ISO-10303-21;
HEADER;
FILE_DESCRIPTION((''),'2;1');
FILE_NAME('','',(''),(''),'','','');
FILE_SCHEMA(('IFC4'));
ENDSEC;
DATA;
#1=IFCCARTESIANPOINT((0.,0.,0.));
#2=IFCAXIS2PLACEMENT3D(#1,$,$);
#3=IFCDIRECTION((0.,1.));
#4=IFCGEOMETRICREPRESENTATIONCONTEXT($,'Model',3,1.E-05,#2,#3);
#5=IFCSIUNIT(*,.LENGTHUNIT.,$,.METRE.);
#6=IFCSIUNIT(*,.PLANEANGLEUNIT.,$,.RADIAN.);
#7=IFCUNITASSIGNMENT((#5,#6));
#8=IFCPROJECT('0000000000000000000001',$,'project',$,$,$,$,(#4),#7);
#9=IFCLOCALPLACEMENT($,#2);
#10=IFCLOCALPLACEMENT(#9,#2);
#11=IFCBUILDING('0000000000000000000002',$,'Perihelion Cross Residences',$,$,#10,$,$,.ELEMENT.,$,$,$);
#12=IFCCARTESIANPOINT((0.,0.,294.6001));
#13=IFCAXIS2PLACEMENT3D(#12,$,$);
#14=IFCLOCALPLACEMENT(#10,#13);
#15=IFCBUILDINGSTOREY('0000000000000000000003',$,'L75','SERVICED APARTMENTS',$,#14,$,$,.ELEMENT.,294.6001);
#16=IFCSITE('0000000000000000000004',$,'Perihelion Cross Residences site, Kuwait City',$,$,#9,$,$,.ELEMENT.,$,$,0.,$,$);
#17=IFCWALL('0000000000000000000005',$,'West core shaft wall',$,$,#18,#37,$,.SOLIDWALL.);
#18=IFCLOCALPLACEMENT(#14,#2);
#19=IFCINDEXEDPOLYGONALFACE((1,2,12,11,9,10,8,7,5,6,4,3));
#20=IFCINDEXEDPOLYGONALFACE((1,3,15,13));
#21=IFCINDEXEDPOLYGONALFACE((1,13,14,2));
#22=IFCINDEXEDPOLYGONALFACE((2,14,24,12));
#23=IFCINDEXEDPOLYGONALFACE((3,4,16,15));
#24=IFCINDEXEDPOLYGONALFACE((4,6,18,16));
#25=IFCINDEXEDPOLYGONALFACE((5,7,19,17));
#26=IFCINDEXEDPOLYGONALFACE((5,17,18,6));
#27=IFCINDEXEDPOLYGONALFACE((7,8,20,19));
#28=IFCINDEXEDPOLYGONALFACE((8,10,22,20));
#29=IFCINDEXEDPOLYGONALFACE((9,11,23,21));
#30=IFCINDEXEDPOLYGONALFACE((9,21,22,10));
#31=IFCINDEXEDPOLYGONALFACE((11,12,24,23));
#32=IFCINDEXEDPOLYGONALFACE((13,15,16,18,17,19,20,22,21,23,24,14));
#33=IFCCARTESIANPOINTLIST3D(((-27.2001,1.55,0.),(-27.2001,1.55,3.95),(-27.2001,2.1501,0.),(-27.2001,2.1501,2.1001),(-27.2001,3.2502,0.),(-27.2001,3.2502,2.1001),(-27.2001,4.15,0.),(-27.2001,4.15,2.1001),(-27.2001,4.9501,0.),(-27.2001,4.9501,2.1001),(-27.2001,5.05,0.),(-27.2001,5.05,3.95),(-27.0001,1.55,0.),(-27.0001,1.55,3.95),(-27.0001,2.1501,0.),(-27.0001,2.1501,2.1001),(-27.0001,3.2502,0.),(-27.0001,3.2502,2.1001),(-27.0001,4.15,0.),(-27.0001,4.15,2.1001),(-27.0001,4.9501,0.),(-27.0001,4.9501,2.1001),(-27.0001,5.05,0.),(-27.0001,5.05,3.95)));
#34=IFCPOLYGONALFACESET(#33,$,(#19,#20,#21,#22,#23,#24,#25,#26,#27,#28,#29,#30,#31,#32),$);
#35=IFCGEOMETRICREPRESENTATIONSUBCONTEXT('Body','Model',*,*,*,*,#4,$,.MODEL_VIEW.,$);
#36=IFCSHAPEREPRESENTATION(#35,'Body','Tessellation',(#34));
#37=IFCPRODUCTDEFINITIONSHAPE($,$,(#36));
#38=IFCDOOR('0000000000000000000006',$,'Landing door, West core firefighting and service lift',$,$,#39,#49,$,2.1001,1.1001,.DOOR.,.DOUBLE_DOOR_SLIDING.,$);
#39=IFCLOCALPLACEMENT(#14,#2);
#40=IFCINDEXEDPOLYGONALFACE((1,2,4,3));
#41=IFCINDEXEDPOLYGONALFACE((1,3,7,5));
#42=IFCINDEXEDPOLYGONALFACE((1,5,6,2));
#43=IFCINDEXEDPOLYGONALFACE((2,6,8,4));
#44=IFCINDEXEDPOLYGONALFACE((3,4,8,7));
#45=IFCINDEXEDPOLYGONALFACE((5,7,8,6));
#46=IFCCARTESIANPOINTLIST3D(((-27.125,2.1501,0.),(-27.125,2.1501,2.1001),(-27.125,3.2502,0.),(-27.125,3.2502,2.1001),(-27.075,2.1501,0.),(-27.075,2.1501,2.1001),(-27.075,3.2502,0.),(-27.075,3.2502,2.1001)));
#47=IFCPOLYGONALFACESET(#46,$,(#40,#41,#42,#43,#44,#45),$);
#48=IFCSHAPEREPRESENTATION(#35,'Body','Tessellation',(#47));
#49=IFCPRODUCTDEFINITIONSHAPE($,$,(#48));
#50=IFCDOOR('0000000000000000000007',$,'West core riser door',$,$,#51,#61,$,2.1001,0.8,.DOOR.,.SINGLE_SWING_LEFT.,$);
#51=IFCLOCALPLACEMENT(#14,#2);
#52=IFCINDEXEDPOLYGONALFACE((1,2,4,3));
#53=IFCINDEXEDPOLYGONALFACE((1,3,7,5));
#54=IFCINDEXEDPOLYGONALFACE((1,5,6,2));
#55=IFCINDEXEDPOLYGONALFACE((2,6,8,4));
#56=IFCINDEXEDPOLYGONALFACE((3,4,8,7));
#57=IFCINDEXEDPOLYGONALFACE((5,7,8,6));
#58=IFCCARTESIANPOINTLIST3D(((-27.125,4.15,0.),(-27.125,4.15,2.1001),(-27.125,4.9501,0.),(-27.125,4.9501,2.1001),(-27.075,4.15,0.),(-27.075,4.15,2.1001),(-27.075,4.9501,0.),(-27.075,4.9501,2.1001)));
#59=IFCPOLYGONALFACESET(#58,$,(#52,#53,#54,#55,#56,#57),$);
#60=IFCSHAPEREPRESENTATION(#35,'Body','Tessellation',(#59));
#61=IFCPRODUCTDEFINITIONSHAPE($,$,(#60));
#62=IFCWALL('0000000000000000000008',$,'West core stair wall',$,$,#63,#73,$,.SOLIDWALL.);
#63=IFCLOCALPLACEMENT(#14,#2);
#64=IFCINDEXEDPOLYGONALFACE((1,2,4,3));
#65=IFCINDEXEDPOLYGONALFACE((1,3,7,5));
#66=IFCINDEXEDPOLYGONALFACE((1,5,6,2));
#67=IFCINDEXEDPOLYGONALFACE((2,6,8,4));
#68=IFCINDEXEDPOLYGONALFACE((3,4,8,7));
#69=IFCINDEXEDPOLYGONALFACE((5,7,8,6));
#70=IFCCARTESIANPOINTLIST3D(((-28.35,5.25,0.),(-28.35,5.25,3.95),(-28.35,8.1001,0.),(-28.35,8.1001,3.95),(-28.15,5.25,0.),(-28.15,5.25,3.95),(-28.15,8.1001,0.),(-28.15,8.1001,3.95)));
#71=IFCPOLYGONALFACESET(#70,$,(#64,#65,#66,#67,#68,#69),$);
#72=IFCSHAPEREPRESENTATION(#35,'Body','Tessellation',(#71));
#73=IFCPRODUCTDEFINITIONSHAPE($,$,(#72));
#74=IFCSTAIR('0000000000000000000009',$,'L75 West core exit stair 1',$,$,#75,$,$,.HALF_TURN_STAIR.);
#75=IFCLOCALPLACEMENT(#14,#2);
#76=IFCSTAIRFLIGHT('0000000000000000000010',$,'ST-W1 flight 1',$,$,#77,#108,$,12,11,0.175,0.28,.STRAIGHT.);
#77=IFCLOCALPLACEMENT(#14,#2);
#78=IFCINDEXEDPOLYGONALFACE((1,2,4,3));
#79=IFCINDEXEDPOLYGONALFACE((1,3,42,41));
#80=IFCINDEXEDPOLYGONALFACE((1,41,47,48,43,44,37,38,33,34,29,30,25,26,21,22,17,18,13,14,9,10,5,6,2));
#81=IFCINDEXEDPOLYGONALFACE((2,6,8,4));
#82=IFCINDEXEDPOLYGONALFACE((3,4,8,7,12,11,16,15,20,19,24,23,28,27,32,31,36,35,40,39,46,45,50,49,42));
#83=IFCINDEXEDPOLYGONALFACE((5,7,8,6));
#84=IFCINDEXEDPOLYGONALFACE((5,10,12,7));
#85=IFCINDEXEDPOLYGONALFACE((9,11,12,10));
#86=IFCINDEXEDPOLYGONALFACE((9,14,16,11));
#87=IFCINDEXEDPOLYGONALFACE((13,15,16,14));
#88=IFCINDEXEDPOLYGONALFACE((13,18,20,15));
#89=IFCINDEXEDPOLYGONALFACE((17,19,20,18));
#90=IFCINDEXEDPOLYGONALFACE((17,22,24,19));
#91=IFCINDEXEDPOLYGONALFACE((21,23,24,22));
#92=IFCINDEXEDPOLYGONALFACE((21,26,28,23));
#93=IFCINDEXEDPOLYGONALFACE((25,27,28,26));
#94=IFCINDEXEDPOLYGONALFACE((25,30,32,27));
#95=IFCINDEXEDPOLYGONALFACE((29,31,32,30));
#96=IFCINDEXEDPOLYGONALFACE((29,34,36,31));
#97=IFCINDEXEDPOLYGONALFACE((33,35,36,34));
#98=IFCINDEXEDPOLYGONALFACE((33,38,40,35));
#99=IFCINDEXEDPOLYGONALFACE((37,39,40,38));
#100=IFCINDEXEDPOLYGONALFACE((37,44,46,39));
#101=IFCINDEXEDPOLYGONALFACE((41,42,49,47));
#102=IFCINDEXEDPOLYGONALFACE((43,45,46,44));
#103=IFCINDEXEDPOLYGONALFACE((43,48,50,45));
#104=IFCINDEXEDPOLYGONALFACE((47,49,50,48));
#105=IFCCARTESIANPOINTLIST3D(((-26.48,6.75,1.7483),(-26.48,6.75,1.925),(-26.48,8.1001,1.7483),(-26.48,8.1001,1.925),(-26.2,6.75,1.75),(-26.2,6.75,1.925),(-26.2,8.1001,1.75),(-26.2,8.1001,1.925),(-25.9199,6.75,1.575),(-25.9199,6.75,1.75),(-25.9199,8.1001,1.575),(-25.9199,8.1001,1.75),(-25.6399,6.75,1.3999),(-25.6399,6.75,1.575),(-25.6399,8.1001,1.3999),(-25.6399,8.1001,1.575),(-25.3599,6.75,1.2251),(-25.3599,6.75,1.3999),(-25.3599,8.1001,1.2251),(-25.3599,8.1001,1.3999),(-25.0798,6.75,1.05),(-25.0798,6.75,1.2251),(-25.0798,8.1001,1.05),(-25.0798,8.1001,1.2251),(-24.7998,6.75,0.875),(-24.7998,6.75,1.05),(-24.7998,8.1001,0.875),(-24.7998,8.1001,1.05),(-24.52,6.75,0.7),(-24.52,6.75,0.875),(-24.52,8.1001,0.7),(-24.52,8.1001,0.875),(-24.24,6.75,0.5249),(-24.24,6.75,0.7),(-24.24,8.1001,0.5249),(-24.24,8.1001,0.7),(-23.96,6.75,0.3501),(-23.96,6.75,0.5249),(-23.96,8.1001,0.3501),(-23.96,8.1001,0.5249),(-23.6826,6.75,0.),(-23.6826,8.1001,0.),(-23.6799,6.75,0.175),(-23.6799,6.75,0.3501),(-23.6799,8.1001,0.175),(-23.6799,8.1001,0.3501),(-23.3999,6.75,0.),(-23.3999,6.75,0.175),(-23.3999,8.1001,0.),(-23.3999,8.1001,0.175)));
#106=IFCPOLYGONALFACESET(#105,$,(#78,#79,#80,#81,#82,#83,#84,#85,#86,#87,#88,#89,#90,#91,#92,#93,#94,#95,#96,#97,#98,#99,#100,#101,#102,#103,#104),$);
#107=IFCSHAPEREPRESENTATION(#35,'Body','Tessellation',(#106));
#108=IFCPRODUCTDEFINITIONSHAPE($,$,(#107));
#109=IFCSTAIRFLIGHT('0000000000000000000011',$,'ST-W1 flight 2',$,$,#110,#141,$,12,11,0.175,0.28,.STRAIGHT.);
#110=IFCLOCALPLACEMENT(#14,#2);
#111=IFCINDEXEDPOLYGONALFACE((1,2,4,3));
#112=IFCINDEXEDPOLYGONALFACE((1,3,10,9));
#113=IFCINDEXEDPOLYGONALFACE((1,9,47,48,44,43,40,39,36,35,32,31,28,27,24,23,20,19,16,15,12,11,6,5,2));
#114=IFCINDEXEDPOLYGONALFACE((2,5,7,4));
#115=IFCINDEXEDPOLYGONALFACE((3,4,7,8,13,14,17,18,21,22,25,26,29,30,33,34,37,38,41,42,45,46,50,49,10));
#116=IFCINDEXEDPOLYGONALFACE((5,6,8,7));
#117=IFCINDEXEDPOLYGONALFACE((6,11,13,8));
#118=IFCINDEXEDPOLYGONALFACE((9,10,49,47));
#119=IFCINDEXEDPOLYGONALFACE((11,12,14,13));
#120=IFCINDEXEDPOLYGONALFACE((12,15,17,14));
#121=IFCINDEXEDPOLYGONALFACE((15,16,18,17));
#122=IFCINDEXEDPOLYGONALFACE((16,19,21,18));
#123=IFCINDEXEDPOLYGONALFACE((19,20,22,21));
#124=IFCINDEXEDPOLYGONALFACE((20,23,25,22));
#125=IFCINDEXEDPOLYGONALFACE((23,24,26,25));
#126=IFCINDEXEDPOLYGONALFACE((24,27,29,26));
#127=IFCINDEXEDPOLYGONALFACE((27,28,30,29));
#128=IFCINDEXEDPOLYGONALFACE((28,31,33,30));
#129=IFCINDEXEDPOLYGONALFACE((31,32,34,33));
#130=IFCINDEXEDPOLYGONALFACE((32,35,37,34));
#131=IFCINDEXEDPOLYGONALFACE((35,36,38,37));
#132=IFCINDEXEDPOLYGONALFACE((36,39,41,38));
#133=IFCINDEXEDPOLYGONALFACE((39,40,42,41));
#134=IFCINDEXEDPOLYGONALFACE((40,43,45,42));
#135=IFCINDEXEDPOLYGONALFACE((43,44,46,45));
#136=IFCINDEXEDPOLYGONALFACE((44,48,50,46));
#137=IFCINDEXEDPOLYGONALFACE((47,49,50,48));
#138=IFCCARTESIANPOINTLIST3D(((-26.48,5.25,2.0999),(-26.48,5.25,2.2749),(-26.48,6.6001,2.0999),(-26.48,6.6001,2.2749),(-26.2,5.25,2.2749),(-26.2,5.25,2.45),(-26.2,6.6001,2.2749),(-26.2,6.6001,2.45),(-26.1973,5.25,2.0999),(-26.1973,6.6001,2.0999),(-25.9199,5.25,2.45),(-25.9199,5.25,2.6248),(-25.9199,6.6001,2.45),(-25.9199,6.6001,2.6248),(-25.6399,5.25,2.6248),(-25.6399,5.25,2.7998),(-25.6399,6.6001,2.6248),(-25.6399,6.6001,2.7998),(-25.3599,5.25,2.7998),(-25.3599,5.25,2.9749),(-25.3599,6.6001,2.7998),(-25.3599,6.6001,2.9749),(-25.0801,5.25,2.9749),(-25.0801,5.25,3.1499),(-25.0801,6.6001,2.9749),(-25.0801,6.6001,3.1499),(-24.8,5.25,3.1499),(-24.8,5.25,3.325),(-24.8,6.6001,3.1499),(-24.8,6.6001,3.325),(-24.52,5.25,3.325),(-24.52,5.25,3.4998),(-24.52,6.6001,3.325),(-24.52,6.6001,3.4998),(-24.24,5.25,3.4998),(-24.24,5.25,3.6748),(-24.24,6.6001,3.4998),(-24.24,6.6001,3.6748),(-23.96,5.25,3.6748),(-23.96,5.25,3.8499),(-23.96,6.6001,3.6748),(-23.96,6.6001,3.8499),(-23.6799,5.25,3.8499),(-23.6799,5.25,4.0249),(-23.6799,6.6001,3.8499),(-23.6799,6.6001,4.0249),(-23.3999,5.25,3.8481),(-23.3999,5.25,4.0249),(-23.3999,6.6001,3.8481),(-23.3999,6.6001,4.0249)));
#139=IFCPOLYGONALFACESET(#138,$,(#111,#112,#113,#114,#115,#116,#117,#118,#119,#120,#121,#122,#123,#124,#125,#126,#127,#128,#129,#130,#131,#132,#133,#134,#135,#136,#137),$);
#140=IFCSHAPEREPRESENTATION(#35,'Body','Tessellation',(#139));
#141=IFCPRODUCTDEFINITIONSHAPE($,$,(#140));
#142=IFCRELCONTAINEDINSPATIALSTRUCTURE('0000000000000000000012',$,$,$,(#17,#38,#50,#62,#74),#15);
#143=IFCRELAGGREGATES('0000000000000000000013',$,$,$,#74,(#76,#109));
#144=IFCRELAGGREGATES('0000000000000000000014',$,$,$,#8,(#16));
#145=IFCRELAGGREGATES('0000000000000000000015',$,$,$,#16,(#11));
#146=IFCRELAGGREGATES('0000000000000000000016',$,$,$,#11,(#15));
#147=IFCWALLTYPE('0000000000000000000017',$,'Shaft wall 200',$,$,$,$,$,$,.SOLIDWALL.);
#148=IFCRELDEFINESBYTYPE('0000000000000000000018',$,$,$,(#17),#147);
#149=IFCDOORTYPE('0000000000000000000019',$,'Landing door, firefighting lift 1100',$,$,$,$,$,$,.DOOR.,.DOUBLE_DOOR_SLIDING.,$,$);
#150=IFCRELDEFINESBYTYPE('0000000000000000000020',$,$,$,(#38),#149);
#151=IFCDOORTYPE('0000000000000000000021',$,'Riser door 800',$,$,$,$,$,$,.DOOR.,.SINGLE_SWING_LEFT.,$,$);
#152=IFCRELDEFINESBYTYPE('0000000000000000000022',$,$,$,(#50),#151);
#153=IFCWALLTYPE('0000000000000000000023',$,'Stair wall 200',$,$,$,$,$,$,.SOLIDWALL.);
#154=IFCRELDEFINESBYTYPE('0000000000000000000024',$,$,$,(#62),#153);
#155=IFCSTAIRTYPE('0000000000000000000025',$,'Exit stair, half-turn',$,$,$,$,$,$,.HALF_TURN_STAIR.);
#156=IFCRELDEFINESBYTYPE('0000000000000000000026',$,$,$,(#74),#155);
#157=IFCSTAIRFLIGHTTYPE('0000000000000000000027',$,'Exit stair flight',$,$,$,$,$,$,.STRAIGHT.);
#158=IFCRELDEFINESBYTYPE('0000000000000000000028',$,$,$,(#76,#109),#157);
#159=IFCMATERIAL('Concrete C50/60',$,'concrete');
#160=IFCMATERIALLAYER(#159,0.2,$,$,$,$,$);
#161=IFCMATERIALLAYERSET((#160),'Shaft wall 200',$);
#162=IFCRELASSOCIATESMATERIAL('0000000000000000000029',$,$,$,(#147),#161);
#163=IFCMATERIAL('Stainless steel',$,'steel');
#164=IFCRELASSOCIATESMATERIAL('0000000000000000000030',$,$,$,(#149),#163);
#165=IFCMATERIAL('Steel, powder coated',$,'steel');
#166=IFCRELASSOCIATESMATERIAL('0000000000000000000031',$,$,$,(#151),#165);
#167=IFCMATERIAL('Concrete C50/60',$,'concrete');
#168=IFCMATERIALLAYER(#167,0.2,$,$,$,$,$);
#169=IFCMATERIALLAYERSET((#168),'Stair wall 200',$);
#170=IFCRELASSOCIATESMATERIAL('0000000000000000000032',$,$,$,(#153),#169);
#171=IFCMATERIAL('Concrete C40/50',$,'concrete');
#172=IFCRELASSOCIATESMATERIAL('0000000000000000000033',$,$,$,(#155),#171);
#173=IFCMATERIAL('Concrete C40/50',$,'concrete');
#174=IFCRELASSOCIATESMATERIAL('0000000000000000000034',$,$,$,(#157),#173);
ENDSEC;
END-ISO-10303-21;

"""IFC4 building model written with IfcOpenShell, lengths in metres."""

from ifc_helpers import new_model, si_unit, direction, frame, frame_2d, origin, place, context, subcontext, project, spatial, polyline, rectangle, outline, extrude, material, layer, layer_set, type_object, element, fill, aggregate, save


model = new_model("IFC4")

# Units and contexts
model_context = context("Model", 3, precision=1e-05, world=origin(), true_north=direction((0.0, 1.0)))
body_context = subcontext(model_context, "Body", "Model", "MODEL_VIEW")
ifc_project = project(units=[si_unit("LENGTHUNIT", "METRE"), si_unit("PLANEANGLEUNIT", "RADIAN")], contexts=[model_context])

# Site, building, storey
site_placement = place(None, origin())
site = spatial("IfcSite", under=ifc_project, at=site_placement, Name="Perihelion Cross Residences site, Kuwait City", CompositionType="ELEMENT", RefElevation=0.0)
building_placement = place(site_placement, origin())
building = spatial("IfcBuilding", under=site, at=building_placement, Name="Perihelion Cross Residences", CompositionType="ELEMENT")
storey_placement = place(building_placement, frame((0.0, 0.0, 294.6001)))
storey = spatial("IfcBuildingStorey", under=building, at=storey_placement, Name="L75", Description="SERVICED APARTMENTS", CompositionType="ELEMENT", Elevation=294.6001)

# Wall, openings, doors
ifc_material_1 = material(Name="Concrete C50/60", Category="concrete")
ifc_layer_1 = layer(ifc_material_1, 0.2)
ifc_layer_set_1 = layer_set([ifc_layer_1], Name="Shaft wall 200")
wall_type_1 = type_object("IfcWallType", Name="Shaft wall 200", PredefinedType="SOLIDWALL", material=ifc_layer_set_1)
wall_1_placement = place(storey_placement, frame((-27.1001, 1.55, 0.0), z_axis=(0.0, 0.0, 1.0), x_axis=(0.0, 1.0, 0.0)))
wall_1 = element("IfcWall", 1, at=wall_1_placement, inside=storey, type_object=wall_type_1, Name="West core shaft wall", PredefinedType="SOLIDWALL", context=body_context, shape_type="SweptSolid", body=[
    extrude(rectangle(XDim=3.5, YDim=0.2, at=frame_2d((1.75, 0.0))), origin(), (0.0, 0.0, 1.0), 3.95),
])
opening_1_placement = place(wall_1_placement, frame((0.6001, 0.0, 0.0)))
opening_1 = element("IfcOpeningElement", 2, at=opening_1_placement, cuts=wall_1, PredefinedType="OPENING", context=body_context, shape_type="SweptSolid", body=[
    extrude(rectangle(XDim=1.1001, YDim=2.1001, at=frame_2d((0.55, 1.05))), frame((0.0, 0.1099, 0.0), z_axis=(0.0, -1.0, 0.0), x_axis=(1.0, 0.0, 0.0)), (0.0, 0.0, 1.0), 0.22),
])
opening_2_placement = place(wall_1_placement, frame((2.6001, 0.0, 0.0)))
opening_2 = element("IfcOpeningElement", 3, at=opening_2_placement, cuts=wall_1, PredefinedType="OPENING", context=body_context, shape_type="SweptSolid", body=[
    extrude(rectangle(XDim=0.8, YDim=2.1001, at=frame_2d((0.3999, 1.05))), frame((0.0, 0.1099, 0.0), z_axis=(0.0, -1.0, 0.0), x_axis=(1.0, 0.0, 0.0)), (0.0, 0.0, 1.0), 0.22),
])
ifc_material_2 = material(Name="Stainless steel", Category="steel")
door_type_1 = type_object("IfcDoorType", Name="Landing door, firefighting lift 1100", OperationType="DOUBLE_DOOR_SLIDING", PredefinedType="DOOR", material=ifc_material_2)
door_1_placement = place(opening_1_placement, origin())
door_1 = element("IfcDoor", 4, at=door_1_placement, inside=storey, type_object=door_type_1, Name="Landing door, West core firefighting and service lift", OperationType="DOUBLE_DOOR_SLIDING", OverallHeight=2.1001, OverallWidth=1.1001, PredefinedType="DOOR", context=body_context, shape_type="SweptSolid", body=[
    extrude(rectangle(XDim=1.1001, YDim=2.1001, at=frame_2d((0.55, 1.05))), frame((0.0, 0.0249, 0.0), z_axis=(0.0, -1.0, 0.0), x_axis=(1.0, 0.0, 0.0)), (0.0, 0.0, 1.0), 0.05),
])
fill(opening_1, door_1)
ifc_material_3 = material(Name="Steel, powder coated", Category="steel")
door_type_2 = type_object("IfcDoorType", Name="Riser door 800", OperationType="SINGLE_SWING_LEFT", PredefinedType="DOOR", material=ifc_material_3)
door_2_placement = place(opening_2_placement, origin())
door_2 = element("IfcDoor", 5, at=door_2_placement, inside=storey, type_object=door_type_2, Name="West core riser door", OperationType="SINGLE_SWING_LEFT", OverallHeight=2.1001, OverallWidth=0.8, PredefinedType="DOOR", context=body_context, shape_type="SweptSolid", body=[
    extrude(rectangle(XDim=0.8, YDim=2.1001, at=frame_2d((0.3999, 1.05))), frame((0.0, 0.0249, 0.0), z_axis=(0.0, -1.0, 0.0), x_axis=(1.0, 0.0, 0.0)), (0.0, 0.0, 1.0), 0.05),
])
fill(opening_2, door_2)

# Wall
ifc_material_4 = material(Name="Concrete C50/60", Category="concrete")
ifc_layer_2 = layer(ifc_material_4, 0.2)
ifc_layer_set_2 = layer_set([ifc_layer_2], Name="Stair wall 200")
wall_type_2 = type_object("IfcWallType", Name="Stair wall 200", PredefinedType="SOLIDWALL", material=ifc_layer_set_2)
wall_2_placement = place(storey_placement, frame((-28.25, 5.25, 0.0), z_axis=(0.0, 0.0, 1.0), x_axis=(0.0, 1.0, 0.0)))
element("IfcWall", 6, at=wall_2_placement, inside=storey, type_object=wall_type_2, Name="West core stair wall", PredefinedType="SOLIDWALL", context=body_context, shape_type="SweptSolid", body=[
    extrude(rectangle(XDim=2.8501, YDim=0.2, at=frame_2d((1.425, 0.0))), origin(), (0.0, 0.0, 1.0), 3.95),
])

# Stair, stair flights
ifc_material_5 = material(Name="Concrete C40/50", Category="concrete")
stair_type = type_object("IfcStairType", Name="Exit stair, half-turn", PredefinedType="HALF_TURN_STAIR", material=ifc_material_5)
stair_placement = place(storey_placement, origin())
stair = element("IfcStair", 7, at=stair_placement, inside=storey, type_object=stair_type, Name="L75 West core exit stair 1", PredefinedType="HALF_TURN_STAIR")
ifc_material_6 = material(Name="Concrete C40/50", Category="concrete")
stair_flight_type = type_object("IfcStairFlightType", Name="Exit stair flight", PredefinedType="STRAIGHT", material=ifc_material_6)
stair_flight_1_placement = place(storey_placement, frame((-23.3999, 7.425, 0.0), z_axis=(0.0, 0.0, 1.0), x_axis=(-1.0, 0.0, 0.0)))
stair_flight_1 = element("IfcStairFlight", 8, at=stair_flight_1_placement, type_object=stair_flight_type, Name="ST-W1 flight 1", NumberOfRisers=12, NumberOfTreads=11, PredefinedType="STRAIGHT", RiserHeight=0.175, TreadLength=0.28, context=body_context, shape_type="SweptSolid", body=[
    extrude(outline(polyline([(0.0, 0.0), (0.0, 0.175), (0.28, 0.175), (0.28, 0.3501), (0.5601, 0.3501), (0.5601, 0.5249), (0.8401, 0.5249), (0.8401, 0.7), (1.1201, 0.7), (1.1201, 0.875), (1.3999, 0.875), (1.3999, 1.05), (1.6799, 1.05), (1.6799, 1.2251), (1.96, 1.2251), (1.96, 1.3999), (2.24, 1.3999), (2.24, 1.575), (2.52, 1.575), (2.52, 1.75), (2.8, 1.75), (2.8, 1.925), (3.0801, 1.925), (3.0801, 2.1001), (3.0801, 1.7483), (0.2827, 0.0), (0.0, 0.0)])), frame((0.0, 0.675, 0.0), z_axis=(0.0, -1.0, 0.0), x_axis=(1.0, 0.0, 0.0)), (0.0, 0.0, 1.0), 1.3501),
])
stair_flight_2_placement = place(storey_placement, frame((-26.48, 5.925, 2.0999), z_axis=(0.0, 0.0, 1.0), x_axis=(1.0, 0.0, 0.0)))
stair_flight_2 = element("IfcStairFlight", 9, at=stair_flight_2_placement, type_object=stair_flight_type, Name="ST-W1 flight 2", NumberOfRisers=12, NumberOfTreads=11, PredefinedType="STRAIGHT", RiserHeight=0.175, TreadLength=0.28, context=body_context, shape_type="SweptSolid", body=[
    extrude(outline(polyline([(0.0, 0.0), (0.0, 0.175), (0.28, 0.175), (0.28, 0.3501), (0.5601, 0.3501), (0.5601, 0.5249), (0.8401, 0.5249), (0.8401, 0.7), (1.1201, 0.7), (1.1201, 0.875), (1.3999, 0.875), (1.3999, 1.05), (1.6799, 1.05), (1.6799, 1.2251), (1.96, 1.2251), (1.96, 1.3999), (2.24, 1.3999), (2.24, 1.575), (2.52, 1.575), (2.52, 1.75), (2.8, 1.75), (2.8, 1.925), (3.0801, 1.925), (3.0801, 2.1001), (3.0801, 1.7483), (0.2827, 0.0), (0.0, 0.0)])), frame((0.0, 0.675, 0.0), z_axis=(0.0, -1.0, 0.0), x_axis=(1.0, 0.0, 0.0)), (0.0, 0.0, 1.0), 1.3501),
])
aggregate(stair, [stair_flight_1, stair_flight_2])

save(model, "model.ifc")
